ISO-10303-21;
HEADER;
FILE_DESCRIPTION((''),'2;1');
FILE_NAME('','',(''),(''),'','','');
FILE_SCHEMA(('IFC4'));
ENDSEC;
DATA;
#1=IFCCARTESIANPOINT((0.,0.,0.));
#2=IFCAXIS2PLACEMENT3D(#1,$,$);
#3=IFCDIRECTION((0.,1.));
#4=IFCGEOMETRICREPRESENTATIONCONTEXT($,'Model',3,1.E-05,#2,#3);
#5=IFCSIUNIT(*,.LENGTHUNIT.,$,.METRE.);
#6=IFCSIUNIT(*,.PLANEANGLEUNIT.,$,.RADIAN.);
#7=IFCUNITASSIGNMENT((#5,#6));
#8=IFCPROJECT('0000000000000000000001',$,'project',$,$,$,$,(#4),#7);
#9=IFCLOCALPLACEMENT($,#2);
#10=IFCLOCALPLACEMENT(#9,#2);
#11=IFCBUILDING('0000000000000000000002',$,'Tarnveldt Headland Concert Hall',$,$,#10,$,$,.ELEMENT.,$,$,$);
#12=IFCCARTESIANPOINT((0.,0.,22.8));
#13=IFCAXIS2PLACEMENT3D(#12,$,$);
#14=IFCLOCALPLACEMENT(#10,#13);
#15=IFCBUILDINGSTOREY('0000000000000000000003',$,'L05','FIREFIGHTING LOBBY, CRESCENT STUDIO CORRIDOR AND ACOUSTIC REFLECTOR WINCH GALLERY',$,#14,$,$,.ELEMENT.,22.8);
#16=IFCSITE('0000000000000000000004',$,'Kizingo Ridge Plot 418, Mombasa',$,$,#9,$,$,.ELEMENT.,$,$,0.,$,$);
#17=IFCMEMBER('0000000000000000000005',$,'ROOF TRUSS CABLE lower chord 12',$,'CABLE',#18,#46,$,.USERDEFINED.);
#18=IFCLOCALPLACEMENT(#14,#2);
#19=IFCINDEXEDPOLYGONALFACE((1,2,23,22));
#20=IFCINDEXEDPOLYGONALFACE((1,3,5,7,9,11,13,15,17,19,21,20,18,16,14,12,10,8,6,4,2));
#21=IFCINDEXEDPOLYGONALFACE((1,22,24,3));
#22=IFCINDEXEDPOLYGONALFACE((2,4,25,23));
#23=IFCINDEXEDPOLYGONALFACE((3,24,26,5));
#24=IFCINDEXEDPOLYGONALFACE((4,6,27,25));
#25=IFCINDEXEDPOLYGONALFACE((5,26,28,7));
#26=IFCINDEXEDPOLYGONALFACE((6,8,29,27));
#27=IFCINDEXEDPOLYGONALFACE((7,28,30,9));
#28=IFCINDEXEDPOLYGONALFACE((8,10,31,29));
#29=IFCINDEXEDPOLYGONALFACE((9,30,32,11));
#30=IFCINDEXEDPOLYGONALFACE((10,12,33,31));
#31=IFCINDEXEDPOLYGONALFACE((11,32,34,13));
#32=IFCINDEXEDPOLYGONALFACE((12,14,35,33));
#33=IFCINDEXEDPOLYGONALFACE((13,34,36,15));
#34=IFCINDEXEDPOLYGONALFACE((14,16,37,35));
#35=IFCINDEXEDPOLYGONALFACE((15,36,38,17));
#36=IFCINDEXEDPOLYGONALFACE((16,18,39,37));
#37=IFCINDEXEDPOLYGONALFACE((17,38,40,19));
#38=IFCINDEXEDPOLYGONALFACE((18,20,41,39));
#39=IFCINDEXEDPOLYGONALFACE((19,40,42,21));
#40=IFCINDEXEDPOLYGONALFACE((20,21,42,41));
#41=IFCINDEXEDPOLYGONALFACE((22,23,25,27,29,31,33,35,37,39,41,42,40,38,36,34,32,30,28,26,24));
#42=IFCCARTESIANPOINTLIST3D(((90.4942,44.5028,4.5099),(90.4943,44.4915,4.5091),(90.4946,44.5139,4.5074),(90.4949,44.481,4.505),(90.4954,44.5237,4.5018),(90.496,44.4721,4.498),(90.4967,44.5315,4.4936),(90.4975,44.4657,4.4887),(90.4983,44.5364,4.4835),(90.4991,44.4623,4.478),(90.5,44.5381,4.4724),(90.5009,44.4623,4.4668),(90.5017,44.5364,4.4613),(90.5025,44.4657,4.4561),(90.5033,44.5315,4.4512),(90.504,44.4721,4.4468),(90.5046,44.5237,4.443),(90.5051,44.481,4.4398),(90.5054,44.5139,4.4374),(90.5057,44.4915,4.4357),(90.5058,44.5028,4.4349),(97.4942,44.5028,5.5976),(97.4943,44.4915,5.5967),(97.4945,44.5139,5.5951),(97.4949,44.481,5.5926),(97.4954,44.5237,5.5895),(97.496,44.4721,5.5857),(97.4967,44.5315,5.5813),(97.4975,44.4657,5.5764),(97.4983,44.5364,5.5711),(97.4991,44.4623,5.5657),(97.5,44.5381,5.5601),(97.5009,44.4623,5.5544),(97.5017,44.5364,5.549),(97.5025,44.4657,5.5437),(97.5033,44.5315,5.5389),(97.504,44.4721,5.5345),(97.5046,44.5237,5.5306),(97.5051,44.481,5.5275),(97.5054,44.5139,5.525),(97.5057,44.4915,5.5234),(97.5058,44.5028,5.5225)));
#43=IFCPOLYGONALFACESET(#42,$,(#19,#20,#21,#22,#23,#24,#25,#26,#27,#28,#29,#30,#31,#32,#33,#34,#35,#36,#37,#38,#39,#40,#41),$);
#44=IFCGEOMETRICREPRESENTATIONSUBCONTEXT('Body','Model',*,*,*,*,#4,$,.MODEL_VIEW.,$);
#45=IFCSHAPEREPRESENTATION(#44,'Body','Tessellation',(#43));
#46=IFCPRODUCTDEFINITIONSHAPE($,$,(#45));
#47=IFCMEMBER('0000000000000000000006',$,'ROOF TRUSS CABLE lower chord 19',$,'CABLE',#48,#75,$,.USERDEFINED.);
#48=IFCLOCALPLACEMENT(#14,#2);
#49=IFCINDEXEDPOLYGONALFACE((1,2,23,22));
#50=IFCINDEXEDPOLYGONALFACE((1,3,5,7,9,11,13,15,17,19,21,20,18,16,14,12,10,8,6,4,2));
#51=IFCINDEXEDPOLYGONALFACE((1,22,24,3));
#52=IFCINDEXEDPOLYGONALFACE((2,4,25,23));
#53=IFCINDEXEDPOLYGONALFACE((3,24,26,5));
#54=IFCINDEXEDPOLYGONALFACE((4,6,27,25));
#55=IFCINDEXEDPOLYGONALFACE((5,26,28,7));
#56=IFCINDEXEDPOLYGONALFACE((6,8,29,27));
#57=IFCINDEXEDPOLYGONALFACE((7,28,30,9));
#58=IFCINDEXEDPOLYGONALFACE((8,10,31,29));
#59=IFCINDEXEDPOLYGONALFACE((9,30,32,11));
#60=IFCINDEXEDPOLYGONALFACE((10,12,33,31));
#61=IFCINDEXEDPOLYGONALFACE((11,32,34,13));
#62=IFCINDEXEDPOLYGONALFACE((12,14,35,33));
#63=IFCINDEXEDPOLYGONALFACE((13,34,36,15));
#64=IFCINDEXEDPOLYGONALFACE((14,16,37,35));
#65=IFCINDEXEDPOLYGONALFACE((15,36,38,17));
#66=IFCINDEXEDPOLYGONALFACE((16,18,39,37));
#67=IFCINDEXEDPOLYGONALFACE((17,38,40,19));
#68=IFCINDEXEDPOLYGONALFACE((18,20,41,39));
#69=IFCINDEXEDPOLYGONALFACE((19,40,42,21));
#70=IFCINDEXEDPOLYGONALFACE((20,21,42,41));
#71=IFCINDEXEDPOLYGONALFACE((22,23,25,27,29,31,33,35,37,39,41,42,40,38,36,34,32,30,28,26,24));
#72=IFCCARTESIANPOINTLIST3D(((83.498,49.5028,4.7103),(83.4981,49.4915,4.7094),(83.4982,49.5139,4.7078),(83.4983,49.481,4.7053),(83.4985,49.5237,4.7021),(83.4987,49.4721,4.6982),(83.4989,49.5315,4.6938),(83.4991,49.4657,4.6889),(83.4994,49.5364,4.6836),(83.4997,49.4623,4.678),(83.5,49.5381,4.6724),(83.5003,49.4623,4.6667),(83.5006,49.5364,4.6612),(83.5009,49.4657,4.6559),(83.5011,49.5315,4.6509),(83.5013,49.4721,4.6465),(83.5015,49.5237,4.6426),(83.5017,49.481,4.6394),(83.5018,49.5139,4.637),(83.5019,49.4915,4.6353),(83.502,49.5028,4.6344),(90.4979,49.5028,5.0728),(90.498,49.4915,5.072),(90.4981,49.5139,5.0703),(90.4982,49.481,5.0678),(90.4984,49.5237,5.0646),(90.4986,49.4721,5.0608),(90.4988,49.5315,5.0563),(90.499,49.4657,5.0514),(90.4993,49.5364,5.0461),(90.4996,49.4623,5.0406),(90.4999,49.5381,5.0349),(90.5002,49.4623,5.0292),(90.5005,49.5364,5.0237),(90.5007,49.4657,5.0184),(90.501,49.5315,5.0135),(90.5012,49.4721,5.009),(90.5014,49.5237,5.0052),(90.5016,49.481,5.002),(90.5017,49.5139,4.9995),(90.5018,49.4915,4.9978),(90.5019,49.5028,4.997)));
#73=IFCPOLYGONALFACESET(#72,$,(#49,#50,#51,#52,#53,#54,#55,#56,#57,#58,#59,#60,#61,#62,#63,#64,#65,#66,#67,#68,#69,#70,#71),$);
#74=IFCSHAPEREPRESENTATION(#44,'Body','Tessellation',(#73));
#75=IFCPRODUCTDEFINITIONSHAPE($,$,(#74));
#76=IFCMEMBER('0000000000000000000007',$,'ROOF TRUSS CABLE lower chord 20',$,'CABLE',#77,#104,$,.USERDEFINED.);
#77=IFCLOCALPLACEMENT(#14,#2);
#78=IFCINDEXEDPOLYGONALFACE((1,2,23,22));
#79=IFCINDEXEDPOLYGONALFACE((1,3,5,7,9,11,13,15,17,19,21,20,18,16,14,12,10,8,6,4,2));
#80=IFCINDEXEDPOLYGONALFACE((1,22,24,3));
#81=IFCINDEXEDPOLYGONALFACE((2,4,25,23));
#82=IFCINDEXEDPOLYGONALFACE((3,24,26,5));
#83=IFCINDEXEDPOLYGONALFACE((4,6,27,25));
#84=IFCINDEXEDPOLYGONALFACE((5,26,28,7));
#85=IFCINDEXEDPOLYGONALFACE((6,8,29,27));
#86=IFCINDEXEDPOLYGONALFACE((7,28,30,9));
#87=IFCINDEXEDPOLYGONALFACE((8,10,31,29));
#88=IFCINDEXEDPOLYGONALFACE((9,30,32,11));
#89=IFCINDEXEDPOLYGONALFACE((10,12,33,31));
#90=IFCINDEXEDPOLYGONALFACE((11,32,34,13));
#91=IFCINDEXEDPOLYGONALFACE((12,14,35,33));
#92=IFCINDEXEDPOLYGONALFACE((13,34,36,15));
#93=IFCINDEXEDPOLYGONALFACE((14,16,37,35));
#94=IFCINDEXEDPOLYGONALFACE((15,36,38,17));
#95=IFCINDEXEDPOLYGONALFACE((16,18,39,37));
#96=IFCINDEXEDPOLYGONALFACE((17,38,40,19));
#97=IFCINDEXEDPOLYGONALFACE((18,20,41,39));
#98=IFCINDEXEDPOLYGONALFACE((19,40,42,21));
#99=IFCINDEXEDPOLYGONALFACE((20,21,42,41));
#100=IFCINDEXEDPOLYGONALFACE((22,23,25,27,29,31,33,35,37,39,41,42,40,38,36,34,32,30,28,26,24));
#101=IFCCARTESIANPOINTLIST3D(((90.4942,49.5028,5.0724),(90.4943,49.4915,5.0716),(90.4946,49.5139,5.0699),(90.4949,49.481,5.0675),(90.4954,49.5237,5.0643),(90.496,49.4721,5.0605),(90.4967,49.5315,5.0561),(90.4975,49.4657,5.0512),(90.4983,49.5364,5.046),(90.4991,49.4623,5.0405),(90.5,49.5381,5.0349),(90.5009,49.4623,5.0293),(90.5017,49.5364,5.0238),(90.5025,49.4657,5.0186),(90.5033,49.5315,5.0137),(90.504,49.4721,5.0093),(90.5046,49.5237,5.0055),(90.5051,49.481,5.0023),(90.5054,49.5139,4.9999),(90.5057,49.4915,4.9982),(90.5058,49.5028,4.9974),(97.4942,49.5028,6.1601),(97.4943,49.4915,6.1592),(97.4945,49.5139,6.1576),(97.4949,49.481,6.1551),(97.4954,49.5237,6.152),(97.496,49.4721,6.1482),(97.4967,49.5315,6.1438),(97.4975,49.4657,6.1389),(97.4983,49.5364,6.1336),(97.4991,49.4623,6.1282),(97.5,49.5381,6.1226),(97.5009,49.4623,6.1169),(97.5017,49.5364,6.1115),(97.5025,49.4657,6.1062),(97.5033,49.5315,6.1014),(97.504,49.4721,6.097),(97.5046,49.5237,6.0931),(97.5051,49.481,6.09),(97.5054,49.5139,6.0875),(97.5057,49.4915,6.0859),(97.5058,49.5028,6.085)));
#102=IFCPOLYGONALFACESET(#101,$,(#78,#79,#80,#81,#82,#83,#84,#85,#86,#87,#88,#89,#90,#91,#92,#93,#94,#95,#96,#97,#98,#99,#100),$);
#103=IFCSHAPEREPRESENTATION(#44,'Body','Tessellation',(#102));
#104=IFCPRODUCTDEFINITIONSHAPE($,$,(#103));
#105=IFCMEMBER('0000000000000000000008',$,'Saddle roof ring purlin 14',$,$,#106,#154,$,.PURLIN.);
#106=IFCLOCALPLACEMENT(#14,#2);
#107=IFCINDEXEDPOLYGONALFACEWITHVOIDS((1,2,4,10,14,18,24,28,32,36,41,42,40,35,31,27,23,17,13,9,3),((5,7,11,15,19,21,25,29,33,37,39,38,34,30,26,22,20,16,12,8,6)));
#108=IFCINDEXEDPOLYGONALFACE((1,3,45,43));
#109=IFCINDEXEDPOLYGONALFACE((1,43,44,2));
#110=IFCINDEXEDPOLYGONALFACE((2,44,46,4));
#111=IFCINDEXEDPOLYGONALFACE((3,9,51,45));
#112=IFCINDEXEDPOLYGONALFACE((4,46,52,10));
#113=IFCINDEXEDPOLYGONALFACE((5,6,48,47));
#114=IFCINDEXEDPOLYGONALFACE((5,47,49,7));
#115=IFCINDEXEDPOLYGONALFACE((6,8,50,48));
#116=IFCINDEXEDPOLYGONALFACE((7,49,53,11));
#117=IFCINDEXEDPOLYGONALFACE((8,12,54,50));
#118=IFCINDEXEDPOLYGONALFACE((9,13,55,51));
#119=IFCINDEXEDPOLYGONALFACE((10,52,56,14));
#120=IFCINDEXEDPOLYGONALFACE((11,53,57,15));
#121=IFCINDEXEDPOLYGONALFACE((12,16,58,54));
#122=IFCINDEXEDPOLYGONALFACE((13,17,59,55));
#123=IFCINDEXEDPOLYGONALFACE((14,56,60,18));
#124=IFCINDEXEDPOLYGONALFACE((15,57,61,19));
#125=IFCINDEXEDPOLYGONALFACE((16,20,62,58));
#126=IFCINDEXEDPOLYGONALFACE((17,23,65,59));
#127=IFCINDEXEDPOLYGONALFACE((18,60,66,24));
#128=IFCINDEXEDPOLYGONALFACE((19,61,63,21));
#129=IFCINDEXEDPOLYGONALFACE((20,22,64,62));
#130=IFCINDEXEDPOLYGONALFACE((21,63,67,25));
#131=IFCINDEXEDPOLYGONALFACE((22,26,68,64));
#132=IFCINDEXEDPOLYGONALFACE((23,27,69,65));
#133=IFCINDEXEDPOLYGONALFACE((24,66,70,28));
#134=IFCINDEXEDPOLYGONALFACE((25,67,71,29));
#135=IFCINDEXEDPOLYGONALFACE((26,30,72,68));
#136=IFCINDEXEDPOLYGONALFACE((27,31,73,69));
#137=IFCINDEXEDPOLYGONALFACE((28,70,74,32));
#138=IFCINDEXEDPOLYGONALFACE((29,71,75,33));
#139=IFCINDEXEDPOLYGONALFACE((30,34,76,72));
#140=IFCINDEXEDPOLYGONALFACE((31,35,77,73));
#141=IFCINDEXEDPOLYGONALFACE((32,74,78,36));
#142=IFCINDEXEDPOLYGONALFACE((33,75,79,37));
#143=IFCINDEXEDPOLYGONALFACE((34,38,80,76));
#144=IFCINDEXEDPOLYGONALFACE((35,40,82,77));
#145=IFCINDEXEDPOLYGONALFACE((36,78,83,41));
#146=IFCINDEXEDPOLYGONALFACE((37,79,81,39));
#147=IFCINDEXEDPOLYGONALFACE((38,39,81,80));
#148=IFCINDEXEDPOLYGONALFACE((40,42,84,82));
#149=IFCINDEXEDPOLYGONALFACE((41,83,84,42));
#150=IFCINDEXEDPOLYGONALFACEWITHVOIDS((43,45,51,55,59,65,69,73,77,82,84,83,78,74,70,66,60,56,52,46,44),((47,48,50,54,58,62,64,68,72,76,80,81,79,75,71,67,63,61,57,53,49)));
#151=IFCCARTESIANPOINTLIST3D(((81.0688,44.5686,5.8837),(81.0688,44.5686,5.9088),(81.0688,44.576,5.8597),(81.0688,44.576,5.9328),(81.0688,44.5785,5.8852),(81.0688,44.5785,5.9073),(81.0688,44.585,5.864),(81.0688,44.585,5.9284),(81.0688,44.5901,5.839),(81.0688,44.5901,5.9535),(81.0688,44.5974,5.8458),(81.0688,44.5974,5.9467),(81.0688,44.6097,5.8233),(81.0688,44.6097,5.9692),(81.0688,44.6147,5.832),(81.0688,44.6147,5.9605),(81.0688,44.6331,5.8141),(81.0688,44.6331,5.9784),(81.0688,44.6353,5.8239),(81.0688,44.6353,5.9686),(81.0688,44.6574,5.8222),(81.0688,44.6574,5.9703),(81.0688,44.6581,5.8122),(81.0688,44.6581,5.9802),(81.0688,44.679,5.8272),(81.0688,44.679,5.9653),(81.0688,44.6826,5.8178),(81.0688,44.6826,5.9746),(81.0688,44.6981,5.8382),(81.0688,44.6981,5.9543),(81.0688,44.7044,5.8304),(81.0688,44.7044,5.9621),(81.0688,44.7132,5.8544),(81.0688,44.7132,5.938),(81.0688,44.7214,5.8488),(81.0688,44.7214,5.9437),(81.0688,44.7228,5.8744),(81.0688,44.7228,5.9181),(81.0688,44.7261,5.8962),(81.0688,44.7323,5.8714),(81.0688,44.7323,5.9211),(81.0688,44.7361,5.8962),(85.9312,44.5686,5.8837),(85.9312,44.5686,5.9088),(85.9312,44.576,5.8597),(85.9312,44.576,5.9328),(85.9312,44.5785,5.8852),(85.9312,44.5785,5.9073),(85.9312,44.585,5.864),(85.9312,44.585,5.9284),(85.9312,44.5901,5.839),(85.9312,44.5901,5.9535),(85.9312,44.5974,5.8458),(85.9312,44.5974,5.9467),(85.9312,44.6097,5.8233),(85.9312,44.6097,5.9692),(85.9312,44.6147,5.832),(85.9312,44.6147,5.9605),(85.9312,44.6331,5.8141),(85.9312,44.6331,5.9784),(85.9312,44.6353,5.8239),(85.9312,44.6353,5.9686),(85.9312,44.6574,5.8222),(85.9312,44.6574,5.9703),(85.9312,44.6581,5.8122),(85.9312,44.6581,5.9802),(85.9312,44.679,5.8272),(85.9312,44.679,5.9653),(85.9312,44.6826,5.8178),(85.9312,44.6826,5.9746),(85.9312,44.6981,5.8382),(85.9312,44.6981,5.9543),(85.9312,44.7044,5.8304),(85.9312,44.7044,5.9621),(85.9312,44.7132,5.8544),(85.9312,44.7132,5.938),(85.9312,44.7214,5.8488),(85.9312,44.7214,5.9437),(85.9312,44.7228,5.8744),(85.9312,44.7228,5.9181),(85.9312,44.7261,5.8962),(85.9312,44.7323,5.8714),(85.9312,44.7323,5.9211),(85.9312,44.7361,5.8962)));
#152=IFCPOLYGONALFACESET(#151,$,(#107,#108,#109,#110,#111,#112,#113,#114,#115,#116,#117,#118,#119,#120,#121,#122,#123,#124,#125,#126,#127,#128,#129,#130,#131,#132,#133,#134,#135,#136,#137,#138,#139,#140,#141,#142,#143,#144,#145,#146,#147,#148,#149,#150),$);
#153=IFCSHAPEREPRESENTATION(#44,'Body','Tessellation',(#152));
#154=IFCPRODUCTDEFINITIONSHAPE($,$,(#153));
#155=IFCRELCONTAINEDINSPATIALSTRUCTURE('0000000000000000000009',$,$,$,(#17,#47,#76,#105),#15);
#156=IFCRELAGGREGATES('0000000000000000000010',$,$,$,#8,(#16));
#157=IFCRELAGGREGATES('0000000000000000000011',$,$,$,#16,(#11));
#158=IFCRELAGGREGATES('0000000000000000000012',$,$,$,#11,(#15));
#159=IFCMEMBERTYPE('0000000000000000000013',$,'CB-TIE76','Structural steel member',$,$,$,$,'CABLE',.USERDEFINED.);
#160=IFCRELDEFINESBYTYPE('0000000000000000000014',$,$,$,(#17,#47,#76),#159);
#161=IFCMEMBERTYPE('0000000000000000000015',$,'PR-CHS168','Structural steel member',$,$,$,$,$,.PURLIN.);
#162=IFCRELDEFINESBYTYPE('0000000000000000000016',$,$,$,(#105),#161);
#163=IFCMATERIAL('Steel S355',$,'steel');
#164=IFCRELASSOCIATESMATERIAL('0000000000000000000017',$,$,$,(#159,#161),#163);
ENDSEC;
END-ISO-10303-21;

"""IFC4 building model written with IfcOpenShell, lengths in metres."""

from ifc_helpers import new_model, si_unit, direction, frame, origin, origin_2d, place, context, subcontext, project, spatial, circle, hollow_circle, extrude, material, material_profile, profile_set, type_object, element, save


model = new_model("IFC4")

# Units and contexts
model_context = context("Model", 3, precision=1e-05, world=origin(), true_north=direction((0.0, 1.0)))
body_context = subcontext(model_context, "Body", "Model", "MODEL_VIEW")
ifc_project = project(units=[si_unit("LENGTHUNIT", "METRE"), si_unit("PLANEANGLEUNIT", "RADIAN")], contexts=[model_context])

# Site, building, storey
site_placement = place(None, origin())
site = spatial("IfcSite", under=ifc_project, at=site_placement, Name="Kizingo Ridge Plot 418, Mombasa", CompositionType="ELEMENT", RefElevation=0.0)
building_placement = place(site_placement, origin())
building = spatial("IfcBuilding", under=site, at=building_placement, Name="Tarnveldt Headland Concert Hall", CompositionType="ELEMENT")
storey_placement = place(building_placement, frame((0.0, 0.0, 22.8)))
storey = spatial("IfcBuildingStorey", under=building, at=storey_placement, Name="L05", Description="FIREFIGHTING LOBBY, CRESCENT STUDIO CORRIDOR AND ACOUSTIC REFLECTOR WINCH GALLERY", CompositionType="ELEMENT", Elevation=22.8)

# Members
ifc_material_1 = material(Name="Steel S355", Category="steel")
ifc_material_profile_1 = material_profile(ifc_material_1, circle(Radius=0.0381, at=origin_2d()), Name="LC D76", Category="steel")
ifc_profile_set_1 = profile_set([ifc_material_profile_1], Name="Steel S355")
member_type_1 = type_object("IfcMemberType", Name="CB-TIE76", Description="Structural steel member", ElementType="CABLE", PredefinedType="USERDEFINED", material=ifc_profile_set_1)
member_1_placement = place(storey_placement, frame((90.5, 44.5, 4.4724), z_axis=(0.988143, 0.0, 0.153536), x_axis=(0.0, 1.0, 0.0)))
element("IfcMember", 1, at=member_1_placement, inside=storey, type_object=member_type_1, Name="ROOF TRUSS CABLE lower chord 12", ObjectType="CABLE", PredefinedType="USERDEFINED", context=body_context, shape_type="SweptSolid", body=[
    extrude(circle(Radius=0.0381, at=origin_2d()), origin(), (0.0, 0.0, 1.0), 7.084),
])
member_2_placement = place(storey_placement, frame((83.5, 49.5, 4.6724), z_axis=(0.998661, 0.0, 0.051723), x_axis=(0.0, 1.0, 0.0)))
element("IfcMember", 2, at=member_2_placement, inside=storey, type_object=member_type_1, Name="ROOF TRUSS CABLE lower chord 19", ObjectType="CABLE", PredefinedType="USERDEFINED", context=body_context, shape_type="SweptSolid", body=[
    extrude(circle(Radius=0.0381, at=origin_2d()), origin(), (0.0, 0.0, 1.0), 7.0093),
])
member_3_placement = place(storey_placement, frame((90.5, 49.5, 5.0349), z_axis=(0.988143, 0.0, 0.153536), x_axis=(0.0, 1.0, 0.0)))
element("IfcMember", 3, at=member_3_placement, inside=storey, type_object=member_type_1, Name="ROOF TRUSS CABLE lower chord 20", ObjectType="CABLE", PredefinedType="USERDEFINED", context=body_context, shape_type="SweptSolid", body=[
    extrude(circle(Radius=0.0381, at=origin_2d()), origin(), (0.0, 0.0, 1.0), 7.084),
])
ifc_material_profile_2 = material_profile(ifc_material_1, hollow_circle(Radius=0.0842, WallThickness=0.01, at=origin_2d()), Name="CHS 168.3x10", Category="steel")
ifc_profile_set_2 = profile_set([ifc_material_profile_2], Name="Steel S355")
member_type_2 = type_object("IfcMemberType", Name="PR-CHS168", Description="Structural steel member", PredefinedType="PURLIN", material=ifc_profile_set_2)
member_4_placement = place(storey_placement, frame((81.0688, 44.6519, 5.8962), z_axis=(1.0, 0.0, 0.0), x_axis=(0.0, 1.0, 0.0)))
element("IfcMember", 4, at=member_4_placement, inside=storey, type_object=member_type_2, Name="Saddle roof ring purlin 14", PredefinedType="PURLIN", context=body_context, shape_type="SweptSolid", body=[
    extrude(hollow_circle(Radius=0.0842, WallThickness=0.01, at=origin_2d()), origin(), (0.0, 0.0, 1.0), 4.8623),
])

save(model, "model.ifc")
